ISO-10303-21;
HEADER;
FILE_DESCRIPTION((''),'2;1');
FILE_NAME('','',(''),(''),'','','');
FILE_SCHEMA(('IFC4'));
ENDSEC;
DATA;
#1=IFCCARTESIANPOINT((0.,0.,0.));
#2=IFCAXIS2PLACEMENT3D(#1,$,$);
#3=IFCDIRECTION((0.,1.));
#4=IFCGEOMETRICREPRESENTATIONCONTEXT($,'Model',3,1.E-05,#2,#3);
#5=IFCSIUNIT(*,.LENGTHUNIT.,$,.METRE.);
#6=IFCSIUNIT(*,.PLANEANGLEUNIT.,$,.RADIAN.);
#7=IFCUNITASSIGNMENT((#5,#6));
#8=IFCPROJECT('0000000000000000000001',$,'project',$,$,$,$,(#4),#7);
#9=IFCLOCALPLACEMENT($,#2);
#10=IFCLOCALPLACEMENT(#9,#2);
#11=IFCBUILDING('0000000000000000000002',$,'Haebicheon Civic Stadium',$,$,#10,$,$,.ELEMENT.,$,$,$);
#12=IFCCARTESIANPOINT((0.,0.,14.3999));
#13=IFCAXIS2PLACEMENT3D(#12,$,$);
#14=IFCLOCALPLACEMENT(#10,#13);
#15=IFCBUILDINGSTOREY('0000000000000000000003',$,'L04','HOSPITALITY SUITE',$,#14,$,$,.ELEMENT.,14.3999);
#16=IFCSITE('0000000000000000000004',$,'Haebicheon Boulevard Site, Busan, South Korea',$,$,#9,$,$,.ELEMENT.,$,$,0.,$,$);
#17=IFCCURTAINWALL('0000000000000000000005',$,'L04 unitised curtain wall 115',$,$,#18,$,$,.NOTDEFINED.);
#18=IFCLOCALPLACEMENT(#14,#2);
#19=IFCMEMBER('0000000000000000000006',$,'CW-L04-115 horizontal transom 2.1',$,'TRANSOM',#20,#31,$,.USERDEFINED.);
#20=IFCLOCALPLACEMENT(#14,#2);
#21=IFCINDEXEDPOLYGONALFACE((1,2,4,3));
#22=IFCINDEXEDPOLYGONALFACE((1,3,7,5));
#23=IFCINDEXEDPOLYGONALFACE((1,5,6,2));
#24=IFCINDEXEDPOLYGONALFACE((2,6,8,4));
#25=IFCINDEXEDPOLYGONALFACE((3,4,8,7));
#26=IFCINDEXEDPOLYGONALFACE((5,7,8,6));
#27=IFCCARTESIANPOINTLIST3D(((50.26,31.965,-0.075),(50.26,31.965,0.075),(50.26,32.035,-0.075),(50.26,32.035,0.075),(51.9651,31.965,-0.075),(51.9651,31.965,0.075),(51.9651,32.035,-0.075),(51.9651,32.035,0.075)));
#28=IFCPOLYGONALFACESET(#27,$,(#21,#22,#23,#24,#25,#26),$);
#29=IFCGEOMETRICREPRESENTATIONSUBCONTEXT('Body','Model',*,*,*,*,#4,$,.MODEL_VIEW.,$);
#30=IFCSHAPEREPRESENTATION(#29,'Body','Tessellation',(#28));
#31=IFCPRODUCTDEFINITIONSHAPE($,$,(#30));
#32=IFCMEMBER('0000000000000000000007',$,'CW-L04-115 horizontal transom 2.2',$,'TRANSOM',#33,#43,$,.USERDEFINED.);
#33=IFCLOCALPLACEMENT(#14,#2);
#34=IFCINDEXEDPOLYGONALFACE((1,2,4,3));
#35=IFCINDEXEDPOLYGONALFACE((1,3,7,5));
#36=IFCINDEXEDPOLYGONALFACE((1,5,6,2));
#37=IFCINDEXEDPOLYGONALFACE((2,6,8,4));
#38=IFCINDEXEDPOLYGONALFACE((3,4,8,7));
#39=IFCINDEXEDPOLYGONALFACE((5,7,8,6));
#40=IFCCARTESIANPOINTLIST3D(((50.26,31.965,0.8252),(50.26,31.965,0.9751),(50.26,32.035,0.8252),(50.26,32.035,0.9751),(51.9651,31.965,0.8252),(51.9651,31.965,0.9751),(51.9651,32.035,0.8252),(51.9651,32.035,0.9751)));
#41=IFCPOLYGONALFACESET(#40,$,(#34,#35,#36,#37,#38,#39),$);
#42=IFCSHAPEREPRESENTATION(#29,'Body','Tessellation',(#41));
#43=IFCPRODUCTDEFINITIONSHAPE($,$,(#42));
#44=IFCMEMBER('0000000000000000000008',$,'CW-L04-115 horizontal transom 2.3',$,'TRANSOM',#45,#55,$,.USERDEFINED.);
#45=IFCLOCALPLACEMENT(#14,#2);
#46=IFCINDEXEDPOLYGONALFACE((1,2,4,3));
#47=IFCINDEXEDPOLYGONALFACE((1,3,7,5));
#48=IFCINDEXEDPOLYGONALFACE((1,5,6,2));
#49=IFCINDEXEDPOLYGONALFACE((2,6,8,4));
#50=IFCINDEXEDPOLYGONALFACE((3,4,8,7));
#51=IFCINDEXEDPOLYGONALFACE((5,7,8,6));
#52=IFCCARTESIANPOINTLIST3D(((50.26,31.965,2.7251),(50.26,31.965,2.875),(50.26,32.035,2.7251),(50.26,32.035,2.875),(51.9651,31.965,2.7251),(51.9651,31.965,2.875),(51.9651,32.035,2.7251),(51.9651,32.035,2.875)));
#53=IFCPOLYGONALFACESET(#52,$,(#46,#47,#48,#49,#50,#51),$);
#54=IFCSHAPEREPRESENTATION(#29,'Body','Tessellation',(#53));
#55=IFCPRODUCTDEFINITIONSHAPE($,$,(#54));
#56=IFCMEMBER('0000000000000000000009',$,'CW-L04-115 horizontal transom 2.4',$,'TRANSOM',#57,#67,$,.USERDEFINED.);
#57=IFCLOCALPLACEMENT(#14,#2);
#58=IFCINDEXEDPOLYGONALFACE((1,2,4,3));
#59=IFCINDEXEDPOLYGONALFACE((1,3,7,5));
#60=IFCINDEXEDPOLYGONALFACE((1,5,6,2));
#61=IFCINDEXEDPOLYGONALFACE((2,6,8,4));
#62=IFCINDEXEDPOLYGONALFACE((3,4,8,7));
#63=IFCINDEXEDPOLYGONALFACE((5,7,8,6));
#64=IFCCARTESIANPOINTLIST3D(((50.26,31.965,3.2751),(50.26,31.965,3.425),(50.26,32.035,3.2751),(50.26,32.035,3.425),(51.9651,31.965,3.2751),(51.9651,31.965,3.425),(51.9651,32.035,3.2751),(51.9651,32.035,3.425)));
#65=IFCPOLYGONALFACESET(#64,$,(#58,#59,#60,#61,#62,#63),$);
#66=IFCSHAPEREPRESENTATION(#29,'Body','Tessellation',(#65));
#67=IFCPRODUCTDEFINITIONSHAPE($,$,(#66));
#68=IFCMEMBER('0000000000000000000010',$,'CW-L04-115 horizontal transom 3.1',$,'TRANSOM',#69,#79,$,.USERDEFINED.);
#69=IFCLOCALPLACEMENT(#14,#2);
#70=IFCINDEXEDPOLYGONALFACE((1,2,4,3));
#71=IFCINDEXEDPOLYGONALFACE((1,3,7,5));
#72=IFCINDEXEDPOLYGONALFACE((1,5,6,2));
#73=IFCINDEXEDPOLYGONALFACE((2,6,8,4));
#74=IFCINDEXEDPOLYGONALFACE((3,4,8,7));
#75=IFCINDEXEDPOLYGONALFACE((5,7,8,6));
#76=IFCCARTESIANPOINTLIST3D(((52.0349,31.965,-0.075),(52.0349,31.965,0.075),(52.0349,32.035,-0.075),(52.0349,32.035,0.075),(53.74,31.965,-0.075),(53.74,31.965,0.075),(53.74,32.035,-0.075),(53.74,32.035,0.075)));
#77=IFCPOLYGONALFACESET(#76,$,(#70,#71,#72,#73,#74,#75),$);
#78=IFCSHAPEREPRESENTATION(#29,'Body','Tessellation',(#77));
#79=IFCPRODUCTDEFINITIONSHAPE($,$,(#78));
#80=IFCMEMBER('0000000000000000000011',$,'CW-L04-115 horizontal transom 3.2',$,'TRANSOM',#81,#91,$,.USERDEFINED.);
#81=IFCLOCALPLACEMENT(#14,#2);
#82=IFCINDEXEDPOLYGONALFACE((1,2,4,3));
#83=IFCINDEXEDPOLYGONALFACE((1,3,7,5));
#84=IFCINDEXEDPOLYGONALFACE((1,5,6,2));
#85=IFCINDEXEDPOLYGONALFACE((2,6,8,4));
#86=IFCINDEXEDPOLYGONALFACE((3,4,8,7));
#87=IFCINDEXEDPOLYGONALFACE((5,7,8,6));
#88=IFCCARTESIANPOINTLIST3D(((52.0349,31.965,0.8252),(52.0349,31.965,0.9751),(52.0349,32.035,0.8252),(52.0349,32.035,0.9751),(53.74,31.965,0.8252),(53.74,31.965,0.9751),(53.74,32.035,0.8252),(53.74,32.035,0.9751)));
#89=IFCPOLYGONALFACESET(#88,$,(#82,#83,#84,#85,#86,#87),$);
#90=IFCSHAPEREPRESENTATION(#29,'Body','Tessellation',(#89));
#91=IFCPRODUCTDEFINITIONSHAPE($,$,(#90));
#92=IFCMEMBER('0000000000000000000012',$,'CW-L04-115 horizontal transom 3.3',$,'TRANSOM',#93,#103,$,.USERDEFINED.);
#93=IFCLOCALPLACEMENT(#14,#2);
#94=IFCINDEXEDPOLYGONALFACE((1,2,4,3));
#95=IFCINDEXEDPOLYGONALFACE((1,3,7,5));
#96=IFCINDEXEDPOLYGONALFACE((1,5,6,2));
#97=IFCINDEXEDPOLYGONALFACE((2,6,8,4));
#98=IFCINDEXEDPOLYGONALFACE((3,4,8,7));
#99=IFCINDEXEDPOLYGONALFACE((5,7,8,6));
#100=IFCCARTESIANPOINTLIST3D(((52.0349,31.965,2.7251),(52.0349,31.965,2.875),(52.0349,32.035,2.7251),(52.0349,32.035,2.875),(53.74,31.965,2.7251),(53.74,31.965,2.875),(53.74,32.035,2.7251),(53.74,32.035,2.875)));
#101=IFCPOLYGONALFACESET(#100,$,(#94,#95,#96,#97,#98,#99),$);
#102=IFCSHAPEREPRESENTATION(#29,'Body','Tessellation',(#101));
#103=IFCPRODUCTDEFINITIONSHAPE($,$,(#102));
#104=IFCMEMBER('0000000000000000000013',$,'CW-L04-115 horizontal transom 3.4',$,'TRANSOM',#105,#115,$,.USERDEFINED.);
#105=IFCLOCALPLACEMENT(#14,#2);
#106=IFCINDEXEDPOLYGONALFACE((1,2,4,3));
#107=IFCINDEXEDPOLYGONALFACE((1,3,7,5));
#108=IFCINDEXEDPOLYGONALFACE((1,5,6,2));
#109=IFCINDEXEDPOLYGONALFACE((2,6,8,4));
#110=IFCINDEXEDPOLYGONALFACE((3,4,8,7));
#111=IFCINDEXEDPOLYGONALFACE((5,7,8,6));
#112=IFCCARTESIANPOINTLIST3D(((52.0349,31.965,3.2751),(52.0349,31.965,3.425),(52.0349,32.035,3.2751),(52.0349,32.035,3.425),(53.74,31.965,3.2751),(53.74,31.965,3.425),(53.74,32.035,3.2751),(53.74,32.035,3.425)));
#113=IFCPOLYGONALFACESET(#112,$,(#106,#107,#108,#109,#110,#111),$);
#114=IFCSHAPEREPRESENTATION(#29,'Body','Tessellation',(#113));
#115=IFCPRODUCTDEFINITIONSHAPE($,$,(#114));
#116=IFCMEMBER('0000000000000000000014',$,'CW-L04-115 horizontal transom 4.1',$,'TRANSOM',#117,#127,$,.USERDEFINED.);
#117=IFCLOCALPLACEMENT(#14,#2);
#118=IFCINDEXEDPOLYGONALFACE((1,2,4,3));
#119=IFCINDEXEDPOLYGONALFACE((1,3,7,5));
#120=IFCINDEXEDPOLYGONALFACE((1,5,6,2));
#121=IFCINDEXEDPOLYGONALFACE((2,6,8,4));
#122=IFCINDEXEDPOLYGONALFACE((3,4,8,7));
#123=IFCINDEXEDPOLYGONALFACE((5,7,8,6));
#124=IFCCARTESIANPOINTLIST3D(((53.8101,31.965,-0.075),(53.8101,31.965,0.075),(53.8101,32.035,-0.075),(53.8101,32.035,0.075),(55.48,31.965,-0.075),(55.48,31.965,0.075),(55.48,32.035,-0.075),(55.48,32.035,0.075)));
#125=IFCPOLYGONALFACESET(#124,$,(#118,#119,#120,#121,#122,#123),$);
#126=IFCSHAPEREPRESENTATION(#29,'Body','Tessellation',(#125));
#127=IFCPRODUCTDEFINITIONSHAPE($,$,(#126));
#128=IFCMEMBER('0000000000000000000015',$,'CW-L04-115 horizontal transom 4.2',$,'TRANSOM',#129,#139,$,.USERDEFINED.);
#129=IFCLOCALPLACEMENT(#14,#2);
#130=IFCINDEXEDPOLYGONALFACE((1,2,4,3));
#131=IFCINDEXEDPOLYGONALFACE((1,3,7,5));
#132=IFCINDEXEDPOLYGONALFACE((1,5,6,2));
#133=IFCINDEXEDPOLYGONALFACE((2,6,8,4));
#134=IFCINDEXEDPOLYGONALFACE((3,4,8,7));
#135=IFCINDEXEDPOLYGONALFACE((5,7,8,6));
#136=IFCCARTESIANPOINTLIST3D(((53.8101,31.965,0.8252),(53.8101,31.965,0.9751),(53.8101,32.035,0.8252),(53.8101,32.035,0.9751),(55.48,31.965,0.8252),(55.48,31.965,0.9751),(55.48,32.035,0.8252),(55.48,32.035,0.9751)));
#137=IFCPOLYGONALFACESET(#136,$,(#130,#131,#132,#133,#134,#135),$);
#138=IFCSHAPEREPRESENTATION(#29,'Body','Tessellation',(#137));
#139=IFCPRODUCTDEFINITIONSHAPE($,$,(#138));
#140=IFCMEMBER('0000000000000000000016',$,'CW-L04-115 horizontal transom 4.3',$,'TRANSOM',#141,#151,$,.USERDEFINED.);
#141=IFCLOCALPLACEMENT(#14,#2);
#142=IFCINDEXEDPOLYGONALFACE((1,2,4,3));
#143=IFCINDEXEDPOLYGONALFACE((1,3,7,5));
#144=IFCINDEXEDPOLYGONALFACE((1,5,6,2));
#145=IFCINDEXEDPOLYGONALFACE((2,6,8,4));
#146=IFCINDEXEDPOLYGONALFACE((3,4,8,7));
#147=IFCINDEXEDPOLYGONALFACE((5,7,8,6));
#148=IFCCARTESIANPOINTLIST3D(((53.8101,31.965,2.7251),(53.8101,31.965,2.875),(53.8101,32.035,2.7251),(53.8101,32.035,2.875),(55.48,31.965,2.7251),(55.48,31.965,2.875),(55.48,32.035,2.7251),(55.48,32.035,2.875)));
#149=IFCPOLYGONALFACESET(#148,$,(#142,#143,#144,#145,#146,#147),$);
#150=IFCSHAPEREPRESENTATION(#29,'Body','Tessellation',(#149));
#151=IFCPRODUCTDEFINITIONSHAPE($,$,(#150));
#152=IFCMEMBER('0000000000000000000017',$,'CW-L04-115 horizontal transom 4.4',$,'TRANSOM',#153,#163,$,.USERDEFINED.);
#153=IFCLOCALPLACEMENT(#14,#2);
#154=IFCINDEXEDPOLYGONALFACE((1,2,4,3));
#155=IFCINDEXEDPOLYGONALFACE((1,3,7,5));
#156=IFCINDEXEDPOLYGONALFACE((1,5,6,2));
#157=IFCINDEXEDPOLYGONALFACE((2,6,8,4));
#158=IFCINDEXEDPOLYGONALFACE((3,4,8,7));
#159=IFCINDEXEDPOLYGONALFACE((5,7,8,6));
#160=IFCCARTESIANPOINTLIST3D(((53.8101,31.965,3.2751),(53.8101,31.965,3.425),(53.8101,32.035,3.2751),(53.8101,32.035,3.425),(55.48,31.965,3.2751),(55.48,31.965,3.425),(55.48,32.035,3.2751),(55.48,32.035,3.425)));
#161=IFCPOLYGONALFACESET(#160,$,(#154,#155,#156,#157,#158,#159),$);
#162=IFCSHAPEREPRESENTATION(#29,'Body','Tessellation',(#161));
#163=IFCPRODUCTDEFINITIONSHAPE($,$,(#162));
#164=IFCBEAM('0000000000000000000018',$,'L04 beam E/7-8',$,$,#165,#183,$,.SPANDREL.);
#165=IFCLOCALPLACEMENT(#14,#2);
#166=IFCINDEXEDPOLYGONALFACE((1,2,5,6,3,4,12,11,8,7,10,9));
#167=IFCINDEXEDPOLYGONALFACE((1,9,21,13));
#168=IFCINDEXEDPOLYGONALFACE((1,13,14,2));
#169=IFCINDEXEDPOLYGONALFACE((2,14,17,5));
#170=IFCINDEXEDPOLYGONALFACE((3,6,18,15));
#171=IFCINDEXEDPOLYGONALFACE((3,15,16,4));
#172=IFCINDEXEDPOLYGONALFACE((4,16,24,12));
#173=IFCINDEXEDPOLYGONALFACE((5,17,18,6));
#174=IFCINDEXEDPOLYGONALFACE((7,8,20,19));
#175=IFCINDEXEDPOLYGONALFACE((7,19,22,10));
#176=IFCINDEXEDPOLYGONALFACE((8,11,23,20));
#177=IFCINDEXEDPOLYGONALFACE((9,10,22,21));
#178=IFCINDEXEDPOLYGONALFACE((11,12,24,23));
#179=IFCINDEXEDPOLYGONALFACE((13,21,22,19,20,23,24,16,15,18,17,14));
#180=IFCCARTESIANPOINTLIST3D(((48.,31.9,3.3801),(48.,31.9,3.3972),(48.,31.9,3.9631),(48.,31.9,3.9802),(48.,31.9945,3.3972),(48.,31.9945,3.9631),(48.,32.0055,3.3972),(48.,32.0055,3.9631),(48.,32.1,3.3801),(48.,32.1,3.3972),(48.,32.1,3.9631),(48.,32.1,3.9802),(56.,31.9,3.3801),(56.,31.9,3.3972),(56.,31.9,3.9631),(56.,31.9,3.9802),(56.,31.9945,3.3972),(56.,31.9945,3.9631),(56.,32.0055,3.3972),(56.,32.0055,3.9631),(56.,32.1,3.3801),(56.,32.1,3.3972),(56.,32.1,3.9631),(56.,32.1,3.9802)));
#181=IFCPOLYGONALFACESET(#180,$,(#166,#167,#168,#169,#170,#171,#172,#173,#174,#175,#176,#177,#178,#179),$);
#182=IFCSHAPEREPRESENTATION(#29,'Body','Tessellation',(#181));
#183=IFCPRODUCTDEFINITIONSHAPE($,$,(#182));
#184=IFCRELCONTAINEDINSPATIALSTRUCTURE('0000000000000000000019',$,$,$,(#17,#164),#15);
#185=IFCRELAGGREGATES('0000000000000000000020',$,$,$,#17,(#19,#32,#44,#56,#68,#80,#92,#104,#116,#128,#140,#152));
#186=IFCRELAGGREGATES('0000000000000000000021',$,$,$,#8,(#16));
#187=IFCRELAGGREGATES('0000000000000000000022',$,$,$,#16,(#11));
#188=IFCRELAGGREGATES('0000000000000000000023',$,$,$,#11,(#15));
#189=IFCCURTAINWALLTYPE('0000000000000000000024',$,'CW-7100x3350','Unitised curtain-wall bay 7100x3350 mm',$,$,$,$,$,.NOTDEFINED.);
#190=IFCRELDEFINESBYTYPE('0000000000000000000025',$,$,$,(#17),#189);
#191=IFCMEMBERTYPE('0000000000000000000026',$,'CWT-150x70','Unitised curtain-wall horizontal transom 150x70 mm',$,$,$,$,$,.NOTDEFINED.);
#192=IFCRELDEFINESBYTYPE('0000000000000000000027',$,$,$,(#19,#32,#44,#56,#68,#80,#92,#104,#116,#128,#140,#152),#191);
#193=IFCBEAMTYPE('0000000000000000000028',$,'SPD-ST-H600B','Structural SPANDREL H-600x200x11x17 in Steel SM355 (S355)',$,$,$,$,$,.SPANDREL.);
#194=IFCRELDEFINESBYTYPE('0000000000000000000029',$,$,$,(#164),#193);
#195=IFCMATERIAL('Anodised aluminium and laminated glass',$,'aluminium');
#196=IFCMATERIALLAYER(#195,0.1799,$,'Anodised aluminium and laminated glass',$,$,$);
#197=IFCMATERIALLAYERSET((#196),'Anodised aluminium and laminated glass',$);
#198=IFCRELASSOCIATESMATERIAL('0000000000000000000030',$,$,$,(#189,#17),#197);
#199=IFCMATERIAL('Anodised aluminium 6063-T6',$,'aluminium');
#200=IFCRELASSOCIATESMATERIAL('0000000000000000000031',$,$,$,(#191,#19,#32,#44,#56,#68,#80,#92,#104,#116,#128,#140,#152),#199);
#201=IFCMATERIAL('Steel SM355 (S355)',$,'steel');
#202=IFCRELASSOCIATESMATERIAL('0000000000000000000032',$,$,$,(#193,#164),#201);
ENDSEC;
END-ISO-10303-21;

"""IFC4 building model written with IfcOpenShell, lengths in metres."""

from ifc_helpers import new_model, si_unit, direction, frame, origin, origin_2d, place, context, subcontext, project, spatial, rectangle, i_section, extrude, material, layer, layer_set, material_profile, profile_set, type_object, element, aggregate, save


model = new_model("IFC4")

# Units and contexts
model_context = context("Model", 3, precision=1e-05, world=origin(), true_north=direction((0.0, 1.0)))
body_context = subcontext(model_context, "Body", "Model", "MODEL_VIEW")
ifc_project = project(units=[si_unit("LENGTHUNIT", "METRE"), si_unit("PLANEANGLEUNIT", "RADIAN")], contexts=[model_context])

# Site, building, storey
site_placement = place(None, origin())
site = spatial("IfcSite", under=ifc_project, at=site_placement, Name="Haebicheon Boulevard Site, Busan, South Korea", CompositionType="ELEMENT", RefElevation=0.0)
building_placement = place(site_placement, origin())
building = spatial("IfcBuilding", under=site, at=building_placement, Name="Haebicheon Civic Stadium", CompositionType="ELEMENT")
storey_placement = place(building_placement, frame((0.0, 0.0, 14.3999)))
storey = spatial("IfcBuildingStorey", under=building, at=storey_placement, Name="L04", Description="HOSPITALITY SUITE", CompositionType="ELEMENT", Elevation=14.3999)

# Curtain wall, members
ifc_material_1 = material(Name="Anodised aluminium and laminated glass", Category="aluminium")
ifc_layer_1 = layer(ifc_material_1, 0.1799, Name="Anodised aluminium and laminated glass")
ifc_layer_set_1 = layer_set([ifc_layer_1], Name="Anodised aluminium and laminated glass")
curtain_wall_type = type_object("IfcCurtainWallType", Name="CW-7100x3350", Description="Unitised curtain-wall bay 7100x3350 mm", PredefinedType="NOTDEFINED", material=ifc_layer_set_1)
curtain_wall_placement = place(storey_placement, origin())
curtain_wall = element("IfcCurtainWall", 1, at=curtain_wall_placement, inside=storey, type_object=curtain_wall_type, material=ifc_layer_set_1, Name="L04 unitised curtain wall 115", PredefinedType="NOTDEFINED")
ifc_material_2 = material(Name="Anodised aluminium 6063-T6", Category="aluminium")
ifc_material_profile_1 = material_profile(ifc_material_2, rectangle(XDim=0.0701, YDim=0.1499, at=origin_2d()), Name="ALU-TRAN-70x150")
ifc_profile_set_1 = profile_set([ifc_material_profile_1], Name="Anodised aluminium 6063-T6")
member_type_1 = type_object("IfcMemberType", Name="CWT-150x70", Description="Unitised curtain-wall horizontal transom 150x70 mm", PredefinedType="NOTDEFINED", material=ifc_profile_set_1)
member_1_placement = place(storey_placement, frame((50.26, 32.0, 0.0), z_axis=(1.0, 0.0, 0.0), x_axis=(0.0, 1.0, 0.0)))
member_1 = element("IfcMember", 2, at=member_1_placement, type_object=member_type_1, material=ifc_profile_set_1, Name="CW-L04-115 horizontal transom 2.1", ObjectType="TRANSOM", PredefinedType="USERDEFINED", context=body_context, shape_type="SweptSolid", body=[
    extrude(rectangle(XDim=0.0701, YDim=0.1499, at=origin_2d()), origin(), (0.0, 0.0, 1.0), 1.7051),
])
member_2_placement = place(storey_placement, frame((50.26, 32.0, 0.9001), z_axis=(1.0, 0.0, 0.0), x_axis=(0.0, 1.0, 0.0)))
member_2 = element("IfcMember", 3, at=member_2_placement, type_object=member_type_1, material=ifc_profile_set_1, Name="CW-L04-115 horizontal transom 2.2", ObjectType="TRANSOM", PredefinedType="USERDEFINED", context=body_context, shape_type="SweptSolid", body=[
    extrude(rectangle(XDim=0.0701, YDim=0.1499, at=origin_2d()), origin(), (0.0, 0.0, 1.0), 1.7051),
])
member_3_placement = place(storey_placement, frame((50.26, 32.0, 2.8), z_axis=(1.0, 0.0, 0.0), x_axis=(0.0, 1.0, 0.0)))
member_3 = element("IfcMember", 4, at=member_3_placement, type_object=member_type_1, material=ifc_profile_set_1, Name="CW-L04-115 horizontal transom 2.3", ObjectType="TRANSOM", PredefinedType="USERDEFINED", context=body_context, shape_type="SweptSolid", body=[
    extrude(rectangle(XDim=0.0701, YDim=0.1499, at=origin_2d()), origin(), (0.0, 0.0, 1.0), 1.7051),
])
member_4_placement = place(storey_placement, frame((50.26, 32.0, 3.3501), z_axis=(1.0, 0.0, 0.0), x_axis=(0.0, 1.0, 0.0)))
member_4 = element("IfcMember", 5, at=member_4_placement, type_object=member_type_1, material=ifc_profile_set_1, Name="CW-L04-115 horizontal transom 2.4", ObjectType="TRANSOM", PredefinedType="USERDEFINED", context=body_context, shape_type="SweptSolid", body=[
    extrude(rectangle(XDim=0.0701, YDim=0.1499, at=origin_2d()), origin(), (0.0, 0.0, 1.0), 1.7051),
])
member_5_placement = place(storey_placement, frame((52.0349, 32.0, 0.0), z_axis=(1.0, 0.0, 0.0), x_axis=(0.0, 1.0, 0.0)))
member_5 = element("IfcMember", 6, at=member_5_placement, type_object=member_type_1, material=ifc_profile_set_1, Name="CW-L04-115 horizontal transom 3.1", ObjectType="TRANSOM", PredefinedType="USERDEFINED", context=body_context, shape_type="SweptSolid", body=[
    extrude(rectangle(XDim=0.0701, YDim=0.1499, at=origin_2d()), origin(), (0.0, 0.0, 1.0), 1.7051),
])
member_6_placement = place(storey_placement, frame((52.0349, 32.0, 0.9001), z_axis=(1.0, 0.0, 0.0), x_axis=(0.0, 1.0, 0.0)))
member_6 = element("IfcMember", 7, at=member_6_placement, type_object=member_type_1, material=ifc_profile_set_1, Name="CW-L04-115 horizontal transom 3.2", ObjectType="TRANSOM", PredefinedType="USERDEFINED", context=body_context, shape_type="SweptSolid", body=[
    extrude(rectangle(XDim=0.0701, YDim=0.1499, at=origin_2d()), origin(), (0.0, 0.0, 1.0), 1.7051),
])
member_7_placement = place(storey_placement, frame((52.0349, 32.0, 2.8), z_axis=(1.0, 0.0, 0.0), x_axis=(0.0, 1.0, 0.0)))
member_7 = element("IfcMember", 8, at=member_7_placement, type_object=member_type_1, material=ifc_profile_set_1, Name="CW-L04-115 horizontal transom 3.3", ObjectType="TRANSOM", PredefinedType="USERDEFINED", context=body_context, shape_type="SweptSolid", body=[
    extrude(rectangle(XDim=0.0701, YDim=0.1499, at=origin_2d()), origin(), (0.0, 0.0, 1.0), 1.7051),
])
member_8_placement = place(storey_placement, frame((52.0349, 32.0, 3.3501), z_axis=(1.0, 0.0, 0.0), x_axis=(0.0, 1.0, 0.0)))
member_8 = element("IfcMember", 9, at=member_8_placement, type_object=member_type_1, material=ifc_profile_set_1, Name="CW-L04-115 horizontal transom 3.4", ObjectType="TRANSOM", PredefinedType="USERDEFINED", context=body_context, shape_type="SweptSolid", body=[
    extrude(rectangle(XDim=0.0701, YDim=0.1499, at=origin_2d()), origin(), (0.0, 0.0, 1.0), 1.7051),
])
member_9_placement = place(storey_placement, frame((53.8101, 32.0, 0.0), z_axis=(1.0, 0.0, 0.0), x_axis=(0.0, 1.0, 0.0)))
member_9 = element("IfcMember", 10, at=member_9_placement, type_object=member_type_1, material=ifc_profile_set_1, Name="CW-L04-115 horizontal transom 4.1", ObjectType="TRANSOM", PredefinedType="USERDEFINED", context=body_context, shape_type="SweptSolid", body=[
    extrude(rectangle(XDim=0.0701, YDim=0.1499, at=origin_2d()), origin(), (0.0, 0.0, 1.0), 1.6699),
])
member_10_placement = place(storey_placement, frame((53.8101, 32.0, 0.9001), z_axis=(1.0, 0.0, 0.0), x_axis=(0.0, 1.0, 0.0)))
member_10 = element("IfcMember", 11, at=member_10_placement, type_object=member_type_1, material=ifc_profile_set_1, Name="CW-L04-115 horizontal transom 4.2", ObjectType="TRANSOM", PredefinedType="USERDEFINED", context=body_context, shape_type="SweptSolid", body=[
    extrude(rectangle(XDim=0.0701, YDim=0.1499, at=origin_2d()), origin(), (0.0, 0.0, 1.0), 1.6699),
])
member_11_placement = place(storey_placement, frame((53.8101, 32.0, 2.8), z_axis=(1.0, 0.0, 0.0), x_axis=(0.0, 1.0, 0.0)))
member_11 = element("IfcMember", 12, at=member_11_placement, type_object=member_type_1, material=ifc_profile_set_1, Name="CW-L04-115 horizontal transom 4.3", ObjectType="TRANSOM", PredefinedType="USERDEFINED", context=body_context, shape_type="SweptSolid", body=[
    extrude(rectangle(XDim=0.0701, YDim=0.1499, at=origin_2d()), origin(), (0.0, 0.0, 1.0), 1.6699),
])
member_12_placement = place(storey_placement, frame((53.8101, 32.0, 3.3501), z_axis=(1.0, 0.0, 0.0), x_axis=(0.0, 1.0, 0.0)))
member_12 = element("IfcMember", 13, at=member_12_placement, type_object=member_type_1, material=ifc_profile_set_1, Name="CW-L04-115 horizontal transom 4.4", ObjectType="TRANSOM", PredefinedType="USERDEFINED", context=body_context, shape_type="SweptSolid", body=[
    extrude(rectangle(XDim=0.0701, YDim=0.1499, at=origin_2d()), origin(), (0.0, 0.0, 1.0), 1.6699),
])

# Beam
ifc_material_3 = material(Name="Steel SM355 (S355)", Category="steel")
ifc_material_profile_2 = material_profile(ifc_material_3, i_section(OverallWidth=0.2, OverallDepth=0.6001, WebThickness=0.011, FlangeThickness=0.0171, at=origin_2d()), Name="H-600x200x11x17")
ifc_profile_set_2 = profile_set([ifc_material_profile_2], Name="Steel SM355 (S355)")
beam_type_1 = type_object("IfcBeamType", Name="SPD-ST-H600B", Description="Structural SPANDREL H-600x200x11x17 in Steel SM355 (S355)", PredefinedType="SPANDREL", material=ifc_profile_set_2)
for number, where, z_axis, x_axis, name in (
    (14, (48.0, 32.0, 3.6802), (1.0, 0.0, 0.0), (0.0, 1.0, 0.0), "L04 beam E/7-8"),
):
    element("IfcBeam", number, at=place(storey_placement, frame(where, z_axis=z_axis, x_axis=x_axis)), inside=storey, type_object=beam_type_1, material=ifc_profile_set_2, Name=name, PredefinedType="SPANDREL", context=body_context, shape_type="SweptSolid", body=[
        extrude(i_section(OverallWidth=0.2, OverallDepth=0.6001, WebThickness=0.011, FlangeThickness=0.0171, at=origin_2d()), origin(), (0.0, 0.0, 1.0), 8.0),
    ])

aggregate(curtain_wall, [member_1, member_2, member_3, member_4, member_5, member_6, member_7, member_8, member_9, member_10, member_11, member_12])

save(model, "model.ifc")
